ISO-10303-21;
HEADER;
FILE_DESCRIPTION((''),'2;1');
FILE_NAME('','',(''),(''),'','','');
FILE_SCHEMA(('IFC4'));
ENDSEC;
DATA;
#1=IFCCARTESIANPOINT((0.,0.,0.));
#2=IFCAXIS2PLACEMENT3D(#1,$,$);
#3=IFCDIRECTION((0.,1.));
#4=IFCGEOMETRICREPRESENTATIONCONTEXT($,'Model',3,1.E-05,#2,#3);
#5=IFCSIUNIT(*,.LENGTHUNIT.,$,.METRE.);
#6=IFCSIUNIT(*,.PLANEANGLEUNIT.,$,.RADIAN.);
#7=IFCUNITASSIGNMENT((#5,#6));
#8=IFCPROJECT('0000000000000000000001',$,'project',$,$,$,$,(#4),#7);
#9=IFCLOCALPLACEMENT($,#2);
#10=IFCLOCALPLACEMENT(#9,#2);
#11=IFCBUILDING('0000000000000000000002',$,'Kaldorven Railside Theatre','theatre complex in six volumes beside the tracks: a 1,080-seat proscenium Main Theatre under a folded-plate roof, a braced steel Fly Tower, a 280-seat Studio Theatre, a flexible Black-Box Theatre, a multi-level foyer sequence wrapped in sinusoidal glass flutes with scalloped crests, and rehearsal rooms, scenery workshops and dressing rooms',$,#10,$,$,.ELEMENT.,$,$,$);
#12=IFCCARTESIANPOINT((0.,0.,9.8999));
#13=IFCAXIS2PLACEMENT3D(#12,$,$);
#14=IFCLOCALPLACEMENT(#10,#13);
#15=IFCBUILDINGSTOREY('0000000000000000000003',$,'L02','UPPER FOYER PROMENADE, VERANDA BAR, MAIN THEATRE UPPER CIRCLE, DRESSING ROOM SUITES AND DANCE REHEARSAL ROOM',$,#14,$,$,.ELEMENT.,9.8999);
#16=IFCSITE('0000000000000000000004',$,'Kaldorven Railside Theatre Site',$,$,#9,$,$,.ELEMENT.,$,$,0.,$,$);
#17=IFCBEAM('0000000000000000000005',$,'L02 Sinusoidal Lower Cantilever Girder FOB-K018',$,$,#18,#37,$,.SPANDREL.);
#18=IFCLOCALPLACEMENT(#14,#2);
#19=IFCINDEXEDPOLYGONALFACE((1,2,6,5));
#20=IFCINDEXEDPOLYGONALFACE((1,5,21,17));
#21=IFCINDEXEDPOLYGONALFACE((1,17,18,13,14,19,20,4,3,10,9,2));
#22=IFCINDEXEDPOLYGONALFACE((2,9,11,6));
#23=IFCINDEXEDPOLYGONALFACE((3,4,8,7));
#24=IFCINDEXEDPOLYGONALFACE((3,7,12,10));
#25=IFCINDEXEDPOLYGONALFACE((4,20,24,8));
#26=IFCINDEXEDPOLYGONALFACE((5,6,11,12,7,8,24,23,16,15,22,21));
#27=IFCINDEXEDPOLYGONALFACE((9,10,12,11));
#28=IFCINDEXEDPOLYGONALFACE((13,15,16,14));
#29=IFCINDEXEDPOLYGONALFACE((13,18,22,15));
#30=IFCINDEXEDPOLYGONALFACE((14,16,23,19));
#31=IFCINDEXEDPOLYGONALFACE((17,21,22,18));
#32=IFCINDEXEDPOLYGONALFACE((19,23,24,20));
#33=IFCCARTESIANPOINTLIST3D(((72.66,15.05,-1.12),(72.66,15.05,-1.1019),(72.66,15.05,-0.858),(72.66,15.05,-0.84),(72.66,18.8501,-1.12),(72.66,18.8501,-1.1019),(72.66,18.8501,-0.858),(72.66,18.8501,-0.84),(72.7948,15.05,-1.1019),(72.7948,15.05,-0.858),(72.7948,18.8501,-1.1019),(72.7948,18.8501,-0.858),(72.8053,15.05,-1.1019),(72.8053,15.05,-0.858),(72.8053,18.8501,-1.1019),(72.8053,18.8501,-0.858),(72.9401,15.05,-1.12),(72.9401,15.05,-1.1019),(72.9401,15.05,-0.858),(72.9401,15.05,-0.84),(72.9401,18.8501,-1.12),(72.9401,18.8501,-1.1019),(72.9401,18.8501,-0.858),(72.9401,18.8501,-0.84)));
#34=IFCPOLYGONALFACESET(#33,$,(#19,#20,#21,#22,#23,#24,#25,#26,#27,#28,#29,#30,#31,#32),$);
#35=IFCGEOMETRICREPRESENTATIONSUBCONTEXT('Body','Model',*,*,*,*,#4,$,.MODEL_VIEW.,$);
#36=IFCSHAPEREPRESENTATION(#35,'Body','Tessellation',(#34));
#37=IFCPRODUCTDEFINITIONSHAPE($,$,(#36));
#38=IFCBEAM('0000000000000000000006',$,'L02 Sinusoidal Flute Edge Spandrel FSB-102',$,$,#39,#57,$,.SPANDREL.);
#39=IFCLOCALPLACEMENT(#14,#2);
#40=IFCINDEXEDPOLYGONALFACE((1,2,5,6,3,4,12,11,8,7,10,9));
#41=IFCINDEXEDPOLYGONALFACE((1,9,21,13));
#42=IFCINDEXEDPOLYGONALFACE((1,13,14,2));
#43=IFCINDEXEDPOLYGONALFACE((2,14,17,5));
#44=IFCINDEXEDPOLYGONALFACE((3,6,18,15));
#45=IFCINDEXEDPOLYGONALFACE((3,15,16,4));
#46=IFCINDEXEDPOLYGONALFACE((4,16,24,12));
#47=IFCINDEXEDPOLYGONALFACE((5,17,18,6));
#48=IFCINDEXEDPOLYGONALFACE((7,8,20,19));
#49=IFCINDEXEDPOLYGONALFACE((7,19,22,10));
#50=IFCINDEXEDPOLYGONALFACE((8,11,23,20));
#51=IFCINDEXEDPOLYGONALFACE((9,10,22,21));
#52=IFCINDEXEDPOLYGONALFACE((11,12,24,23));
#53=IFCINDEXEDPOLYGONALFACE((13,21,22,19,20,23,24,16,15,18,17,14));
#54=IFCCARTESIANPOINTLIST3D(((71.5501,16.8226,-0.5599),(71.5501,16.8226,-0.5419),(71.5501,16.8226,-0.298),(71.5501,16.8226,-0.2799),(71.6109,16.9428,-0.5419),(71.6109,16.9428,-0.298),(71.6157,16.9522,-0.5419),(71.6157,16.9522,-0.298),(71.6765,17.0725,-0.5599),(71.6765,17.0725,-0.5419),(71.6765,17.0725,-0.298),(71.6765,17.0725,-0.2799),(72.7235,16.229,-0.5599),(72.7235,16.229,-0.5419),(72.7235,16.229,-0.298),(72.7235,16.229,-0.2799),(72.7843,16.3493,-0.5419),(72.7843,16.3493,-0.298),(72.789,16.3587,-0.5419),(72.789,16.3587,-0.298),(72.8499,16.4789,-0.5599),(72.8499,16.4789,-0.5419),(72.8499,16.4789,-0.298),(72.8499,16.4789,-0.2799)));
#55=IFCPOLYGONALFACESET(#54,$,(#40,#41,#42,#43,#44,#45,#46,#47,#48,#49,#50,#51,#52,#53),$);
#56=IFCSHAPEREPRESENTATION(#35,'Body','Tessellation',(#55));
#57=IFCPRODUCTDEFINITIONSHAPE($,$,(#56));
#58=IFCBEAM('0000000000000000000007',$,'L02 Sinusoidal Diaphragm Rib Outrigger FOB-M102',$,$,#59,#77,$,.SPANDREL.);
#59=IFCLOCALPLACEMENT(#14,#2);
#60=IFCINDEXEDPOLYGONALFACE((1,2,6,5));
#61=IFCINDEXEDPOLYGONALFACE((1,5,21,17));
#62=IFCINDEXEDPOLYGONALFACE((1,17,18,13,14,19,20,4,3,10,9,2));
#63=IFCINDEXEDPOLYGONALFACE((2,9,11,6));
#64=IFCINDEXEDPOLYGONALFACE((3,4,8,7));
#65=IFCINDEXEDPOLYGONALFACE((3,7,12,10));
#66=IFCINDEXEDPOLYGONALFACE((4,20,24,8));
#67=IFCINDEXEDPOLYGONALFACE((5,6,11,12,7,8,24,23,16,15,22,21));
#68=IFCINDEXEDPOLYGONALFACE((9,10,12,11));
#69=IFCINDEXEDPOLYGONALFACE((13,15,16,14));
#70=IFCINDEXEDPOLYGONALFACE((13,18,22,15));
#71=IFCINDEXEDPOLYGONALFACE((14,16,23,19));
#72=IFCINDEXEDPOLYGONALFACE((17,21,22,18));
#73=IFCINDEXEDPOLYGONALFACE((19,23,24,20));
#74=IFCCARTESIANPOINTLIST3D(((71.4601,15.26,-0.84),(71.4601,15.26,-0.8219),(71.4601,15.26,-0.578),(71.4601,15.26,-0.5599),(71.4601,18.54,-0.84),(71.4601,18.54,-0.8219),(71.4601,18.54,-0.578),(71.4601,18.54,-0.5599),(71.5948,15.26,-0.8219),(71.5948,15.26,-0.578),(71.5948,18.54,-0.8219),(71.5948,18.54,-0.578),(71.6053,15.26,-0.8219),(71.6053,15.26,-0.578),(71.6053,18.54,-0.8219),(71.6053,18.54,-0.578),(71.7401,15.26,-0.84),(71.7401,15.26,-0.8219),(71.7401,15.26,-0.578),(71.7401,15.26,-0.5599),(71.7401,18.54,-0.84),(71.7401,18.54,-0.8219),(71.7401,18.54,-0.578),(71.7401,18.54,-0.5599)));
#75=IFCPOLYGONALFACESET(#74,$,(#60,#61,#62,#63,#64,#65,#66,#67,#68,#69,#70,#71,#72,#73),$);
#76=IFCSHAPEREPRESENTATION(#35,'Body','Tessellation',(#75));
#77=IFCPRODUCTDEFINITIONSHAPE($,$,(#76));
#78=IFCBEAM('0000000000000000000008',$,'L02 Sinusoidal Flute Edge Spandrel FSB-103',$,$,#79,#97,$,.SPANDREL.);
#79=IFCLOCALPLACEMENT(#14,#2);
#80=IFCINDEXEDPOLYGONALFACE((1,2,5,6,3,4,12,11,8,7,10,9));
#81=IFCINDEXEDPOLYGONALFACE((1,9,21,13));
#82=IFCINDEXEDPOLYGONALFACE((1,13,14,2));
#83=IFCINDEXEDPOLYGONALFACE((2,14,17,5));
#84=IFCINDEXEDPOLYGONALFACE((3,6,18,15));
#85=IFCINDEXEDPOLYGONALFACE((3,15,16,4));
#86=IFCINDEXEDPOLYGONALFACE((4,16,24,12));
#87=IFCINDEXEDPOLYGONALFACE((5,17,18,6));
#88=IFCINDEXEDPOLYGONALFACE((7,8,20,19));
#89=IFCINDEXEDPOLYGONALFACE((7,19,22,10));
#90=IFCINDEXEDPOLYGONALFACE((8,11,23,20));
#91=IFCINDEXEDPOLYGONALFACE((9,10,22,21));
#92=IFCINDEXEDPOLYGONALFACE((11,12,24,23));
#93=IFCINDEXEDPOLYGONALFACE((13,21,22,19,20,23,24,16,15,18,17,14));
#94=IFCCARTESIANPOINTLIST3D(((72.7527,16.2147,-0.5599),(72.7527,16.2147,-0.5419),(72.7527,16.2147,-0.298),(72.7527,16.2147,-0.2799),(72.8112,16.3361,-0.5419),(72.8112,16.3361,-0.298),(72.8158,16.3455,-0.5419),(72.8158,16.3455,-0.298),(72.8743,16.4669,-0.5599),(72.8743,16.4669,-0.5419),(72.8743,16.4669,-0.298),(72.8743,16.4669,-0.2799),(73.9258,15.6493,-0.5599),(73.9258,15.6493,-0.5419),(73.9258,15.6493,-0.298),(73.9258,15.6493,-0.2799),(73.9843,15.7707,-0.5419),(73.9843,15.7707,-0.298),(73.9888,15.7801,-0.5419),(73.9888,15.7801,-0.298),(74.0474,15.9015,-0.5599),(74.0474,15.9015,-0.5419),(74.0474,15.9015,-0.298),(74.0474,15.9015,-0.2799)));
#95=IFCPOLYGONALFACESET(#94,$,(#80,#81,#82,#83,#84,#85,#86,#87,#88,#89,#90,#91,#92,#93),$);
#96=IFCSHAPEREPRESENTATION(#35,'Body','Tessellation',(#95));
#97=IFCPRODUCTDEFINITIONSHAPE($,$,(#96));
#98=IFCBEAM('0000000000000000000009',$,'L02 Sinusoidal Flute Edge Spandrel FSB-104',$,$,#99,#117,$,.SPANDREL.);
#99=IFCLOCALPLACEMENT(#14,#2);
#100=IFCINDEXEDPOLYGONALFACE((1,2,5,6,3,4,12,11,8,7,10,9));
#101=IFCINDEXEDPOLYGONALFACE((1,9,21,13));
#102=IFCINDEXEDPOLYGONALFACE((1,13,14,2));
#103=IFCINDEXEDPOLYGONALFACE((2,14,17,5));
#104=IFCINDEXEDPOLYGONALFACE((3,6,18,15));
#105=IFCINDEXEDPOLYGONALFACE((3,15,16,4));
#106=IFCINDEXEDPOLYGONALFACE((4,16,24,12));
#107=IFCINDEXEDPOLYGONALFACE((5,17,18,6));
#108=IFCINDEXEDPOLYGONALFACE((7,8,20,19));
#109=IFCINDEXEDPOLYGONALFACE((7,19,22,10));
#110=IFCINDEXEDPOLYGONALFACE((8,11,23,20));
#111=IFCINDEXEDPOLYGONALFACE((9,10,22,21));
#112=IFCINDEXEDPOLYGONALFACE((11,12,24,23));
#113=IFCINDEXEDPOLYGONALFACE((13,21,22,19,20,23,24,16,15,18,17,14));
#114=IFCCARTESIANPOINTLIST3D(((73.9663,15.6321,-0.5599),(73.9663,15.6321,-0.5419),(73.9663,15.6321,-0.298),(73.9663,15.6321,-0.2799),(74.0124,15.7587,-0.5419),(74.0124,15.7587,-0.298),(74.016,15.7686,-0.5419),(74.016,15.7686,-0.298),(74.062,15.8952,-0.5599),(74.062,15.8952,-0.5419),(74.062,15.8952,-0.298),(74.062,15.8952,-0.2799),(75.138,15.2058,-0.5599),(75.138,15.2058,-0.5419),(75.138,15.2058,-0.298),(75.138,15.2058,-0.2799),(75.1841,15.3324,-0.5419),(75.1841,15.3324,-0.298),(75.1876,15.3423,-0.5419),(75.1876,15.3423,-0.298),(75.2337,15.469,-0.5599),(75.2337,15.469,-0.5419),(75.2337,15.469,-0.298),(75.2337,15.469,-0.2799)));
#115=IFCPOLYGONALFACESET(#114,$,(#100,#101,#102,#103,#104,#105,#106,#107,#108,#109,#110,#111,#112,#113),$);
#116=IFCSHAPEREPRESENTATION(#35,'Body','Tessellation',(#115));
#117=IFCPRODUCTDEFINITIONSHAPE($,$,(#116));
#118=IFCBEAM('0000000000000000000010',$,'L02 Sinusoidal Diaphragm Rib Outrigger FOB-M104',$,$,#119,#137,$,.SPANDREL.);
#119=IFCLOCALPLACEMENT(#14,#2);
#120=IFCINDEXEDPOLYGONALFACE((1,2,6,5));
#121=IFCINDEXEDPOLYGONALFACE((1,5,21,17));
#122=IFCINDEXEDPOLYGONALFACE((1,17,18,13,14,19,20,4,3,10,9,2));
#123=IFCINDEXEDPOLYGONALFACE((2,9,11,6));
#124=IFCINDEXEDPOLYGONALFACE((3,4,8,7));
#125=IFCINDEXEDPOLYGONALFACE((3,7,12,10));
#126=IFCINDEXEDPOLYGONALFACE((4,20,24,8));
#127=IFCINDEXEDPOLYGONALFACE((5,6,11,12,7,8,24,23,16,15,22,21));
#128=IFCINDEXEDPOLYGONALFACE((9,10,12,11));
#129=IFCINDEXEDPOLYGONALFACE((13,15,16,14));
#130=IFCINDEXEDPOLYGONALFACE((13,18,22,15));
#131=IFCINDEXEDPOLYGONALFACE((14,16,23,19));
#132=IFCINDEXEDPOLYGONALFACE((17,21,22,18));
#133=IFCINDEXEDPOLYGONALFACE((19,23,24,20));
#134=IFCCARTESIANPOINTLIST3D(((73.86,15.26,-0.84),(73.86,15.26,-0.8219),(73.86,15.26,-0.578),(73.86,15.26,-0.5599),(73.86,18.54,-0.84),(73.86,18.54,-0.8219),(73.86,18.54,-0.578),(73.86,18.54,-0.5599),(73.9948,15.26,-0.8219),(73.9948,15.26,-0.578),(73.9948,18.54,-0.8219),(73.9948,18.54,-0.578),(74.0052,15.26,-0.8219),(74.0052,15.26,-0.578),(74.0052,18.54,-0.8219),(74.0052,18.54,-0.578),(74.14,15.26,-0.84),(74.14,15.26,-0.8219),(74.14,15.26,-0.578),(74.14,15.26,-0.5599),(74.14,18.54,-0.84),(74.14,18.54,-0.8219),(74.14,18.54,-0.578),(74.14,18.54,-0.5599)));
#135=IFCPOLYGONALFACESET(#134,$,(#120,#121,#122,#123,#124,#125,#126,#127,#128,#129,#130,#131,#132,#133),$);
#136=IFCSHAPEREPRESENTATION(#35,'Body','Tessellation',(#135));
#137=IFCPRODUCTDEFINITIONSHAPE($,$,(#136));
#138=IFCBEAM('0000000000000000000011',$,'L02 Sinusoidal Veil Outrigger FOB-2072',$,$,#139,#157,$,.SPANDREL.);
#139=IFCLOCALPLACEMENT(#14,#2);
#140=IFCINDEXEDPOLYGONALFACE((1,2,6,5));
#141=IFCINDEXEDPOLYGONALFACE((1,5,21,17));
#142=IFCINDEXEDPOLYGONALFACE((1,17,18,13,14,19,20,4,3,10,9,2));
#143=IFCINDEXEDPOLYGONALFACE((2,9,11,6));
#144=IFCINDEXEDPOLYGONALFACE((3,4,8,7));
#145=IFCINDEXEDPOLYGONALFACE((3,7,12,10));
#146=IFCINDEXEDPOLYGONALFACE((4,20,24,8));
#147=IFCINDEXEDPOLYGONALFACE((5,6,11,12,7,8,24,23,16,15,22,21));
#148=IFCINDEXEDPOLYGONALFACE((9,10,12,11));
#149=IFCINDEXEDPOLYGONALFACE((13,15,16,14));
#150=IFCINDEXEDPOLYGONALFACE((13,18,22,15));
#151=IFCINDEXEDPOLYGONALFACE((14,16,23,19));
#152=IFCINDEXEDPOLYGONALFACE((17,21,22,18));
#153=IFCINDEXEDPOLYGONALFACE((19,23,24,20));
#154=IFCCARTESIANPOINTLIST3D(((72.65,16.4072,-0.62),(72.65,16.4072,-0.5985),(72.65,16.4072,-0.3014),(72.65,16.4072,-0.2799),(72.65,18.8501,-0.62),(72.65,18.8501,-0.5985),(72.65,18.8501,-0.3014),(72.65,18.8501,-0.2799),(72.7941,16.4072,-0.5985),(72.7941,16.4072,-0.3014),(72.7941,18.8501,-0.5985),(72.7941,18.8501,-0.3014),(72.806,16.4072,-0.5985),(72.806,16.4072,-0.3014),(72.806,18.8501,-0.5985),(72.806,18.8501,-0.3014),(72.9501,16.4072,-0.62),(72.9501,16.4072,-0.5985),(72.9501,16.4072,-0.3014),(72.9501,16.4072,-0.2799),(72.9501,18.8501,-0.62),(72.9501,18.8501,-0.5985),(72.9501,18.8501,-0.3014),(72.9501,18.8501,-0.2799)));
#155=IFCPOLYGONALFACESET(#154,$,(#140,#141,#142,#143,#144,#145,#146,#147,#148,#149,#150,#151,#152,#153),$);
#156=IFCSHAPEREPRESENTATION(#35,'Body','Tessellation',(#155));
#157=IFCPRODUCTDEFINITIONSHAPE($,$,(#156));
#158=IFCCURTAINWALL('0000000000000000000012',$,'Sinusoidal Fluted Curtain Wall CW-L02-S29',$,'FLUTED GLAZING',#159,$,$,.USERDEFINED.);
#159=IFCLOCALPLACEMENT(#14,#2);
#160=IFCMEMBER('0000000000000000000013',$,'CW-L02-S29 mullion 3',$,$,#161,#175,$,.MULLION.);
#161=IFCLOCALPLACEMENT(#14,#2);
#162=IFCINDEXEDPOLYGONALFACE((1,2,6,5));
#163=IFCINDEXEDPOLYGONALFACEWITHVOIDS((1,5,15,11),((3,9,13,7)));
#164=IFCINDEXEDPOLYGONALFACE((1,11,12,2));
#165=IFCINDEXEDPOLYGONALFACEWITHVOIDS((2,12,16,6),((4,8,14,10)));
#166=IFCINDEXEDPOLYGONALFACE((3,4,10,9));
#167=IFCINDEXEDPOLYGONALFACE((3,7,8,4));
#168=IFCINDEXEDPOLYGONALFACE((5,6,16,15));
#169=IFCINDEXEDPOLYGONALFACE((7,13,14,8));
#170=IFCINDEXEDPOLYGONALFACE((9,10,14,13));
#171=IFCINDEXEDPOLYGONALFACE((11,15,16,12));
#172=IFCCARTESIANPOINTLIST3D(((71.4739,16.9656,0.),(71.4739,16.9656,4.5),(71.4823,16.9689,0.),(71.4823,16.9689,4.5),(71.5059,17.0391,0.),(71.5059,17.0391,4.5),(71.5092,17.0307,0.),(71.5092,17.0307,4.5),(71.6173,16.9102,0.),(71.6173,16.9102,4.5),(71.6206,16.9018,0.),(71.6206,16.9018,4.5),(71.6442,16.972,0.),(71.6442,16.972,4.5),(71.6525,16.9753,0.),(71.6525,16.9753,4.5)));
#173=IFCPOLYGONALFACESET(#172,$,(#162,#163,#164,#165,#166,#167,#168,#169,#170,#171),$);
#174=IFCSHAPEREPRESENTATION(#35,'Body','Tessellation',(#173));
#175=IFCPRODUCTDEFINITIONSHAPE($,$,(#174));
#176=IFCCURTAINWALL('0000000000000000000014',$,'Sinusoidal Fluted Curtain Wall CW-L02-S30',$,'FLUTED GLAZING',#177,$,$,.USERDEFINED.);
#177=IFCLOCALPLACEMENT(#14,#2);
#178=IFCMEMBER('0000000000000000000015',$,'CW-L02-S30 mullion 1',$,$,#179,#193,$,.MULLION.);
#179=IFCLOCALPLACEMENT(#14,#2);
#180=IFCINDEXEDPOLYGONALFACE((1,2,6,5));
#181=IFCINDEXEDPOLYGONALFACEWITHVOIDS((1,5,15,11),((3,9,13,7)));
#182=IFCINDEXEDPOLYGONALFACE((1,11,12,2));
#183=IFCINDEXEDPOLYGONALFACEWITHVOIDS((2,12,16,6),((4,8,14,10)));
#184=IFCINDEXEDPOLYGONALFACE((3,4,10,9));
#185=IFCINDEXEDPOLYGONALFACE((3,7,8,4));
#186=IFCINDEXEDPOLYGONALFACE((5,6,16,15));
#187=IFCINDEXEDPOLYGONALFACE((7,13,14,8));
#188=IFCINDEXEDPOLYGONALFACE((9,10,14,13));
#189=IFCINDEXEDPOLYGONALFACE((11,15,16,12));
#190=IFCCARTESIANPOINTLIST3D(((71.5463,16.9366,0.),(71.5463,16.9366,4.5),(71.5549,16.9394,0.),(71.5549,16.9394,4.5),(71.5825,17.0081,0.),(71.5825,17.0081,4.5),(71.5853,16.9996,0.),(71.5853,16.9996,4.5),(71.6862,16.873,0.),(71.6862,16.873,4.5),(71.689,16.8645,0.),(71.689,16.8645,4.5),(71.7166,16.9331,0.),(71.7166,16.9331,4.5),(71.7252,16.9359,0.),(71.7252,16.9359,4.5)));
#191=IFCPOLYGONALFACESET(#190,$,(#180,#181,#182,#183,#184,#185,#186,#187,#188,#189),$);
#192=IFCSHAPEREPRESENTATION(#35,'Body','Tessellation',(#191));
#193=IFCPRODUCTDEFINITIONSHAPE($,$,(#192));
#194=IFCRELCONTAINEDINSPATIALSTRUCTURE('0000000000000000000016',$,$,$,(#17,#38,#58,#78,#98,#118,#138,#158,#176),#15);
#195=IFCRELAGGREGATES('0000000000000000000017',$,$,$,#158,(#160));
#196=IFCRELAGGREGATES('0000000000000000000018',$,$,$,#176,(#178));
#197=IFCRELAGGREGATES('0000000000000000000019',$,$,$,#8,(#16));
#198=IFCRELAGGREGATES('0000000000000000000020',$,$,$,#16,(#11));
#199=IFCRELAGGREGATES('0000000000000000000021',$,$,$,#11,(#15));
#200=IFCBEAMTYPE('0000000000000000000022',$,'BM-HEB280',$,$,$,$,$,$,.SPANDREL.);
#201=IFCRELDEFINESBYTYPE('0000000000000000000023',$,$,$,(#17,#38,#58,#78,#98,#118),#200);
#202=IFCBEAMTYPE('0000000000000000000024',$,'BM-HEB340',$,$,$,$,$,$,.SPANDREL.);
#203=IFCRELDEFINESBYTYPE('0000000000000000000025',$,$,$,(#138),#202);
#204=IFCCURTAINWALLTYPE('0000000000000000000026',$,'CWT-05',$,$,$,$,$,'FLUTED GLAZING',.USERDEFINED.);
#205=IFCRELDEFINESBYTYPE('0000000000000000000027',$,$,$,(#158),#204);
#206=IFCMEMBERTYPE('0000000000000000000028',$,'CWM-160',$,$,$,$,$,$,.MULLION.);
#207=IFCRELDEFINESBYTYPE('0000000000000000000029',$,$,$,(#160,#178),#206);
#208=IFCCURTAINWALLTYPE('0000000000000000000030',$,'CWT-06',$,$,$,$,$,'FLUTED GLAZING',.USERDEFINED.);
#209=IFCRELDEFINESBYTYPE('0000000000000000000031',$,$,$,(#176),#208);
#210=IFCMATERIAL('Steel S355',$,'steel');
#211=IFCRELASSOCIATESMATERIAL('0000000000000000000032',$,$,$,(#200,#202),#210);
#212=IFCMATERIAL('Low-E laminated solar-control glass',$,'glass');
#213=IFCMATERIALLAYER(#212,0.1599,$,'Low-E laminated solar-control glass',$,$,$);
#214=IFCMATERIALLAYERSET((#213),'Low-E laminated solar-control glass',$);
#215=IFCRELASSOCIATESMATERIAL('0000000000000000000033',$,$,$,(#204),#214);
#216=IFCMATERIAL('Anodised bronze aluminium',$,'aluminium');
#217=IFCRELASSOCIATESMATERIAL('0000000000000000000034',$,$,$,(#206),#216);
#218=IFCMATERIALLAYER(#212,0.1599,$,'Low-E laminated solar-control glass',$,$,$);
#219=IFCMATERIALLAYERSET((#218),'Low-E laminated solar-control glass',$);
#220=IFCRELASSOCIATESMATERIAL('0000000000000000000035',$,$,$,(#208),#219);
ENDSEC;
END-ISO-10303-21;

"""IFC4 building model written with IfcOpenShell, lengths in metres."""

from ifc_helpers import new_model, si_unit, direction, frame, origin, origin_2d, place, context, subcontext, project, spatial, hollow_rectangle, i_section, extrude, material, layer, layer_set, material_profile, profile_set, type_object, element, aggregate, save


model = new_model("IFC4")

# Units and contexts
model_context = context("Model", 3, precision=1e-05, world=origin(), true_north=direction((0.0, 1.0)))
body_context = subcontext(model_context, "Body", "Model", "MODEL_VIEW")
ifc_project = project(units=[si_unit("LENGTHUNIT", "METRE"), si_unit("PLANEANGLEUNIT", "RADIAN")], contexts=[model_context])

# Site, building, storey
site_placement = place(None, origin())
site = spatial("IfcSite", under=ifc_project, at=site_placement, Name="Kaldorven Railside Theatre Site", CompositionType="ELEMENT", RefElevation=0.0)
building_placement = place(site_placement, origin())
building = spatial("IfcBuilding", under=site, at=building_placement, Name="Kaldorven Railside Theatre", Description="theatre complex in six volumes beside the tracks: a 1,080-seat proscenium Main Theatre under a folded-plate roof, a braced steel Fly Tower, a 280-seat Studio Theatre, a flexible Black-Box Theatre, a multi-level foyer sequence wrapped in sinusoidal glass flutes with scalloped crests, and rehearsal rooms, scenery workshops and dressing rooms", CompositionType="ELEMENT")
storey_placement = place(building_placement, frame((0.0, 0.0, 9.8999)))
storey = spatial("IfcBuildingStorey", under=building, at=storey_placement, Name="L02", Description="UPPER FOYER PROMENADE, VERANDA BAR, MAIN THEATRE UPPER CIRCLE, DRESSING ROOM SUITES AND DANCE REHEARSAL ROOM", CompositionType="ELEMENT", Elevation=9.8999)

# Beams
ifc_material_1 = material(Name="Steel S355", Category="steel")
ifc_material_profile_1 = material_profile(ifc_material_1, i_section(OverallWidth=0.28, OverallDepth=0.28, WebThickness=0.0105, FlangeThickness=0.0181, at=origin_2d()), Name="HEB 280")
ifc_profile_set_1 = profile_set([ifc_material_profile_1], Name="Steel S355")
beam_type_1 = type_object("IfcBeamType", Name="BM-HEB280", PredefinedType="SPANDREL", material=ifc_profile_set_1)
beam_1_placement = place(storey_placement, frame((72.8, 15.05, -0.98), z_axis=(0.0, 1.0, 0.0), x_axis=(-1.0, 0.0, 0.0)))
element("IfcBeam", 1, at=beam_1_placement, inside=storey, type_object=beam_type_1, Name="L02 Sinusoidal Lower Cantilever Girder FOB-K018", PredefinedType="SPANDREL", context=body_context, shape_type="SweptSolid", body=[
    extrude(i_section(OverallWidth=0.28, OverallDepth=0.28, WebThickness=0.0105, FlangeThickness=0.0181, at=origin_2d()), origin(), (0.0, 0.0, 1.0), 3.8),
])
beam_2_placement = place(storey_placement, frame((71.6133, 16.9475, -0.4199), z_axis=(0.892338, -0.451368, 0.0), x_axis=(0.451368, 0.892338, 0.0)))
element("IfcBeam", 2, at=beam_2_placement, inside=storey, type_object=beam_type_1, Name="L02 Sinusoidal Flute Edge Spandrel FSB-102", PredefinedType="SPANDREL", context=body_context, shape_type="SweptSolid", body=[
    extrude(i_section(OverallWidth=0.28, OverallDepth=0.28, WebThickness=0.0105, FlangeThickness=0.0181, at=origin_2d()), origin(), (0.0, 0.0, 1.0), 1.3149),
])
beam_3_placement = place(storey_placement, frame((71.6001, 15.26, -0.7), z_axis=(0.0, 1.0, 0.0), x_axis=(-1.0, 0.0, 0.0)))
element("IfcBeam", 3, at=beam_3_placement, inside=storey, type_object=beam_type_1, Name="L02 Sinusoidal Diaphragm Rib Outrigger FOB-M102", PredefinedType="SPANDREL", context=body_context, shape_type="SweptSolid", body=[
    extrude(i_section(OverallWidth=0.28, OverallDepth=0.28, WebThickness=0.0105, FlangeThickness=0.0181, at=origin_2d()), origin(), (0.0, 0.0, 1.0), 3.28),
])
beam_4_placement = place(storey_placement, frame((72.8135, 16.3408, -0.4199), z_axis=(0.90082, -0.434193, 0.0), x_axis=(0.434193, 0.90082, 0.0)))
element("IfcBeam", 4, at=beam_4_placement, inside=storey, type_object=beam_type_1, Name="L02 Sinusoidal Flute Edge Spandrel FSB-103", PredefinedType="SPANDREL", context=body_context, shape_type="SweptSolid", body=[
    extrude(i_section(OverallWidth=0.28, OverallDepth=0.28, WebThickness=0.0105, FlangeThickness=0.0181, at=origin_2d()), origin(), (0.0, 0.0, 1.0), 1.3022),
])
beam_5_placement = place(storey_placement, frame((74.0142, 15.7637, -0.4199), z_axis=(0.939736, -0.3419, 0.0), x_axis=(0.3419, 0.939736, 0.0)))
element("IfcBeam", 5, at=beam_5_placement, inside=storey, type_object=beam_type_1, Name="L02 Sinusoidal Flute Edge Spandrel FSB-104", PredefinedType="SPANDREL", context=body_context, shape_type="SweptSolid", body=[
    extrude(i_section(OverallWidth=0.28, OverallDepth=0.28, WebThickness=0.0105, FlangeThickness=0.0181, at=origin_2d()), origin(), (0.0, 0.0, 1.0), 1.2468),
])
beam_6_placement = place(storey_placement, frame((74.0, 15.26, -0.7), z_axis=(0.0, 1.0, 0.0), x_axis=(-1.0, 0.0, 0.0)))
element("IfcBeam", 6, at=beam_6_placement, inside=storey, type_object=beam_type_1, Name="L02 Sinusoidal Diaphragm Rib Outrigger FOB-M104", PredefinedType="SPANDREL", context=body_context, shape_type="SweptSolid", body=[
    extrude(i_section(OverallWidth=0.28, OverallDepth=0.28, WebThickness=0.0105, FlangeThickness=0.0181, at=origin_2d()), origin(), (0.0, 0.0, 1.0), 3.28),
])
ifc_material_profile_2 = material_profile(ifc_material_1, i_section(OverallWidth=0.3, OverallDepth=0.3401, WebThickness=0.012, FlangeThickness=0.0215, at=origin_2d()), Name="HEB 340")
ifc_profile_set_2 = profile_set([ifc_material_profile_2], Name="Steel S355")
beam_type_2 = type_object("IfcBeamType", Name="BM-HEB340", PredefinedType="SPANDREL", material=ifc_profile_set_2)
beam_7_placement = place(storey_placement, frame((72.8, 16.4072, -0.45), z_axis=(0.0, 1.0, 0.0), x_axis=(-1.0, 0.0, 0.0)))
element("IfcBeam", 7, at=beam_7_placement, inside=storey, type_object=beam_type_2, Name="L02 Sinusoidal Veil Outrigger FOB-2072", PredefinedType="SPANDREL", context=body_context, shape_type="SweptSolid", body=[
    extrude(i_section(OverallWidth=0.3, OverallDepth=0.3401, WebThickness=0.012, FlangeThickness=0.0215, at=origin_2d()), origin(), (0.0, 0.0, 1.0), 2.4429),
])

# Curtain wall, member
ifc_material_2 = material(Name="Low-E laminated solar-control glass", Category="glass")
ifc_layer_1 = layer(ifc_material_2, 0.1599, Name="Low-E laminated solar-control glass")
ifc_layer_set_1 = layer_set([ifc_layer_1], Name="Low-E laminated solar-control glass")
curtain_wall_type_1 = type_object("IfcCurtainWallType", Name="CWT-05", ElementType="FLUTED GLAZING", PredefinedType="USERDEFINED", material=ifc_layer_set_1)
curtain_wall_1_placement = place(storey_placement, origin())
curtain_wall_1 = element("IfcCurtainWall", 8, at=curtain_wall_1_placement, inside=storey, type_object=curtain_wall_type_1, Name="Sinusoidal Fluted Curtain Wall CW-L02-S29", ObjectType="FLUTED GLAZING", PredefinedType="USERDEFINED")
ifc_material_3 = material(Name="Anodised bronze aluminium", Category="aluminium")
ifc_material_profile_3 = material_profile(ifc_material_3, hollow_rectangle(XDim=0.0801, YDim=0.1599, WallThickness=0.0063, at=origin_2d()), Name="RHS 160x80x6.3")
ifc_profile_set_3 = profile_set([ifc_material_profile_3], Name="Anodised bronze aluminium")
member_type_1 = type_object("IfcMemberType", Name="CWM-160", PredefinedType="MULLION", material=ifc_profile_set_3)
member_1_placement = place(storey_placement, frame((71.5632, 16.9705, 0.0), z_axis=(0.0, 0.0, 1.0), x_axis=(0.398894, 0.916997, 0.0)))
member_1 = element("IfcMember", 9, at=member_1_placement, type_object=member_type_1, Name="CW-L02-S29 mullion 3", PredefinedType="MULLION", context=body_context, shape_type="SweptSolid", body=[
    extrude(hollow_rectangle(XDim=0.0801, YDim=0.1599, WallThickness=0.0063, at=origin_2d()), origin(), (0.0, 0.0, 1.0), 4.5),
])
aggregate(curtain_wall_1, [member_1])

# Curtain wall, member
ifc_layer_2 = layer(ifc_material_2, 0.1599, Name="Low-E laminated solar-control glass")
ifc_layer_set_2 = layer_set([ifc_layer_2], Name="Low-E laminated solar-control glass")
curtain_wall_type_2 = type_object("IfcCurtainWallType", Name="CWT-06", ElementType="FLUTED GLAZING", PredefinedType="USERDEFINED", material=ifc_layer_set_2)
curtain_wall_2_placement = place(storey_placement, origin())
curtain_wall_2 = element("IfcCurtainWall", 10, at=curtain_wall_2_placement, inside=storey, type_object=curtain_wall_type_2, Name="Sinusoidal Fluted Curtain Wall CW-L02-S30", ObjectType="FLUTED GLAZING", PredefinedType="USERDEFINED")
member_2_placement = place(storey_placement, frame((71.6357, 16.9363, 0.0), z_axis=(0.0, 0.0, 1.0), x_axis=(0.451432, 0.892305, 0.0)))
member_2 = element("IfcMember", 11, at=member_2_placement, type_object=member_type_1, Name="CW-L02-S30 mullion 1", PredefinedType="MULLION", context=body_context, shape_type="SweptSolid", body=[
    extrude(hollow_rectangle(XDim=0.0801, YDim=0.1599, WallThickness=0.0063, at=origin_2d()), origin(), (0.0, 0.0, 1.0), 4.5),
])

aggregate(curtain_wall_2, [member_2])

save(model, "model.ifc")
